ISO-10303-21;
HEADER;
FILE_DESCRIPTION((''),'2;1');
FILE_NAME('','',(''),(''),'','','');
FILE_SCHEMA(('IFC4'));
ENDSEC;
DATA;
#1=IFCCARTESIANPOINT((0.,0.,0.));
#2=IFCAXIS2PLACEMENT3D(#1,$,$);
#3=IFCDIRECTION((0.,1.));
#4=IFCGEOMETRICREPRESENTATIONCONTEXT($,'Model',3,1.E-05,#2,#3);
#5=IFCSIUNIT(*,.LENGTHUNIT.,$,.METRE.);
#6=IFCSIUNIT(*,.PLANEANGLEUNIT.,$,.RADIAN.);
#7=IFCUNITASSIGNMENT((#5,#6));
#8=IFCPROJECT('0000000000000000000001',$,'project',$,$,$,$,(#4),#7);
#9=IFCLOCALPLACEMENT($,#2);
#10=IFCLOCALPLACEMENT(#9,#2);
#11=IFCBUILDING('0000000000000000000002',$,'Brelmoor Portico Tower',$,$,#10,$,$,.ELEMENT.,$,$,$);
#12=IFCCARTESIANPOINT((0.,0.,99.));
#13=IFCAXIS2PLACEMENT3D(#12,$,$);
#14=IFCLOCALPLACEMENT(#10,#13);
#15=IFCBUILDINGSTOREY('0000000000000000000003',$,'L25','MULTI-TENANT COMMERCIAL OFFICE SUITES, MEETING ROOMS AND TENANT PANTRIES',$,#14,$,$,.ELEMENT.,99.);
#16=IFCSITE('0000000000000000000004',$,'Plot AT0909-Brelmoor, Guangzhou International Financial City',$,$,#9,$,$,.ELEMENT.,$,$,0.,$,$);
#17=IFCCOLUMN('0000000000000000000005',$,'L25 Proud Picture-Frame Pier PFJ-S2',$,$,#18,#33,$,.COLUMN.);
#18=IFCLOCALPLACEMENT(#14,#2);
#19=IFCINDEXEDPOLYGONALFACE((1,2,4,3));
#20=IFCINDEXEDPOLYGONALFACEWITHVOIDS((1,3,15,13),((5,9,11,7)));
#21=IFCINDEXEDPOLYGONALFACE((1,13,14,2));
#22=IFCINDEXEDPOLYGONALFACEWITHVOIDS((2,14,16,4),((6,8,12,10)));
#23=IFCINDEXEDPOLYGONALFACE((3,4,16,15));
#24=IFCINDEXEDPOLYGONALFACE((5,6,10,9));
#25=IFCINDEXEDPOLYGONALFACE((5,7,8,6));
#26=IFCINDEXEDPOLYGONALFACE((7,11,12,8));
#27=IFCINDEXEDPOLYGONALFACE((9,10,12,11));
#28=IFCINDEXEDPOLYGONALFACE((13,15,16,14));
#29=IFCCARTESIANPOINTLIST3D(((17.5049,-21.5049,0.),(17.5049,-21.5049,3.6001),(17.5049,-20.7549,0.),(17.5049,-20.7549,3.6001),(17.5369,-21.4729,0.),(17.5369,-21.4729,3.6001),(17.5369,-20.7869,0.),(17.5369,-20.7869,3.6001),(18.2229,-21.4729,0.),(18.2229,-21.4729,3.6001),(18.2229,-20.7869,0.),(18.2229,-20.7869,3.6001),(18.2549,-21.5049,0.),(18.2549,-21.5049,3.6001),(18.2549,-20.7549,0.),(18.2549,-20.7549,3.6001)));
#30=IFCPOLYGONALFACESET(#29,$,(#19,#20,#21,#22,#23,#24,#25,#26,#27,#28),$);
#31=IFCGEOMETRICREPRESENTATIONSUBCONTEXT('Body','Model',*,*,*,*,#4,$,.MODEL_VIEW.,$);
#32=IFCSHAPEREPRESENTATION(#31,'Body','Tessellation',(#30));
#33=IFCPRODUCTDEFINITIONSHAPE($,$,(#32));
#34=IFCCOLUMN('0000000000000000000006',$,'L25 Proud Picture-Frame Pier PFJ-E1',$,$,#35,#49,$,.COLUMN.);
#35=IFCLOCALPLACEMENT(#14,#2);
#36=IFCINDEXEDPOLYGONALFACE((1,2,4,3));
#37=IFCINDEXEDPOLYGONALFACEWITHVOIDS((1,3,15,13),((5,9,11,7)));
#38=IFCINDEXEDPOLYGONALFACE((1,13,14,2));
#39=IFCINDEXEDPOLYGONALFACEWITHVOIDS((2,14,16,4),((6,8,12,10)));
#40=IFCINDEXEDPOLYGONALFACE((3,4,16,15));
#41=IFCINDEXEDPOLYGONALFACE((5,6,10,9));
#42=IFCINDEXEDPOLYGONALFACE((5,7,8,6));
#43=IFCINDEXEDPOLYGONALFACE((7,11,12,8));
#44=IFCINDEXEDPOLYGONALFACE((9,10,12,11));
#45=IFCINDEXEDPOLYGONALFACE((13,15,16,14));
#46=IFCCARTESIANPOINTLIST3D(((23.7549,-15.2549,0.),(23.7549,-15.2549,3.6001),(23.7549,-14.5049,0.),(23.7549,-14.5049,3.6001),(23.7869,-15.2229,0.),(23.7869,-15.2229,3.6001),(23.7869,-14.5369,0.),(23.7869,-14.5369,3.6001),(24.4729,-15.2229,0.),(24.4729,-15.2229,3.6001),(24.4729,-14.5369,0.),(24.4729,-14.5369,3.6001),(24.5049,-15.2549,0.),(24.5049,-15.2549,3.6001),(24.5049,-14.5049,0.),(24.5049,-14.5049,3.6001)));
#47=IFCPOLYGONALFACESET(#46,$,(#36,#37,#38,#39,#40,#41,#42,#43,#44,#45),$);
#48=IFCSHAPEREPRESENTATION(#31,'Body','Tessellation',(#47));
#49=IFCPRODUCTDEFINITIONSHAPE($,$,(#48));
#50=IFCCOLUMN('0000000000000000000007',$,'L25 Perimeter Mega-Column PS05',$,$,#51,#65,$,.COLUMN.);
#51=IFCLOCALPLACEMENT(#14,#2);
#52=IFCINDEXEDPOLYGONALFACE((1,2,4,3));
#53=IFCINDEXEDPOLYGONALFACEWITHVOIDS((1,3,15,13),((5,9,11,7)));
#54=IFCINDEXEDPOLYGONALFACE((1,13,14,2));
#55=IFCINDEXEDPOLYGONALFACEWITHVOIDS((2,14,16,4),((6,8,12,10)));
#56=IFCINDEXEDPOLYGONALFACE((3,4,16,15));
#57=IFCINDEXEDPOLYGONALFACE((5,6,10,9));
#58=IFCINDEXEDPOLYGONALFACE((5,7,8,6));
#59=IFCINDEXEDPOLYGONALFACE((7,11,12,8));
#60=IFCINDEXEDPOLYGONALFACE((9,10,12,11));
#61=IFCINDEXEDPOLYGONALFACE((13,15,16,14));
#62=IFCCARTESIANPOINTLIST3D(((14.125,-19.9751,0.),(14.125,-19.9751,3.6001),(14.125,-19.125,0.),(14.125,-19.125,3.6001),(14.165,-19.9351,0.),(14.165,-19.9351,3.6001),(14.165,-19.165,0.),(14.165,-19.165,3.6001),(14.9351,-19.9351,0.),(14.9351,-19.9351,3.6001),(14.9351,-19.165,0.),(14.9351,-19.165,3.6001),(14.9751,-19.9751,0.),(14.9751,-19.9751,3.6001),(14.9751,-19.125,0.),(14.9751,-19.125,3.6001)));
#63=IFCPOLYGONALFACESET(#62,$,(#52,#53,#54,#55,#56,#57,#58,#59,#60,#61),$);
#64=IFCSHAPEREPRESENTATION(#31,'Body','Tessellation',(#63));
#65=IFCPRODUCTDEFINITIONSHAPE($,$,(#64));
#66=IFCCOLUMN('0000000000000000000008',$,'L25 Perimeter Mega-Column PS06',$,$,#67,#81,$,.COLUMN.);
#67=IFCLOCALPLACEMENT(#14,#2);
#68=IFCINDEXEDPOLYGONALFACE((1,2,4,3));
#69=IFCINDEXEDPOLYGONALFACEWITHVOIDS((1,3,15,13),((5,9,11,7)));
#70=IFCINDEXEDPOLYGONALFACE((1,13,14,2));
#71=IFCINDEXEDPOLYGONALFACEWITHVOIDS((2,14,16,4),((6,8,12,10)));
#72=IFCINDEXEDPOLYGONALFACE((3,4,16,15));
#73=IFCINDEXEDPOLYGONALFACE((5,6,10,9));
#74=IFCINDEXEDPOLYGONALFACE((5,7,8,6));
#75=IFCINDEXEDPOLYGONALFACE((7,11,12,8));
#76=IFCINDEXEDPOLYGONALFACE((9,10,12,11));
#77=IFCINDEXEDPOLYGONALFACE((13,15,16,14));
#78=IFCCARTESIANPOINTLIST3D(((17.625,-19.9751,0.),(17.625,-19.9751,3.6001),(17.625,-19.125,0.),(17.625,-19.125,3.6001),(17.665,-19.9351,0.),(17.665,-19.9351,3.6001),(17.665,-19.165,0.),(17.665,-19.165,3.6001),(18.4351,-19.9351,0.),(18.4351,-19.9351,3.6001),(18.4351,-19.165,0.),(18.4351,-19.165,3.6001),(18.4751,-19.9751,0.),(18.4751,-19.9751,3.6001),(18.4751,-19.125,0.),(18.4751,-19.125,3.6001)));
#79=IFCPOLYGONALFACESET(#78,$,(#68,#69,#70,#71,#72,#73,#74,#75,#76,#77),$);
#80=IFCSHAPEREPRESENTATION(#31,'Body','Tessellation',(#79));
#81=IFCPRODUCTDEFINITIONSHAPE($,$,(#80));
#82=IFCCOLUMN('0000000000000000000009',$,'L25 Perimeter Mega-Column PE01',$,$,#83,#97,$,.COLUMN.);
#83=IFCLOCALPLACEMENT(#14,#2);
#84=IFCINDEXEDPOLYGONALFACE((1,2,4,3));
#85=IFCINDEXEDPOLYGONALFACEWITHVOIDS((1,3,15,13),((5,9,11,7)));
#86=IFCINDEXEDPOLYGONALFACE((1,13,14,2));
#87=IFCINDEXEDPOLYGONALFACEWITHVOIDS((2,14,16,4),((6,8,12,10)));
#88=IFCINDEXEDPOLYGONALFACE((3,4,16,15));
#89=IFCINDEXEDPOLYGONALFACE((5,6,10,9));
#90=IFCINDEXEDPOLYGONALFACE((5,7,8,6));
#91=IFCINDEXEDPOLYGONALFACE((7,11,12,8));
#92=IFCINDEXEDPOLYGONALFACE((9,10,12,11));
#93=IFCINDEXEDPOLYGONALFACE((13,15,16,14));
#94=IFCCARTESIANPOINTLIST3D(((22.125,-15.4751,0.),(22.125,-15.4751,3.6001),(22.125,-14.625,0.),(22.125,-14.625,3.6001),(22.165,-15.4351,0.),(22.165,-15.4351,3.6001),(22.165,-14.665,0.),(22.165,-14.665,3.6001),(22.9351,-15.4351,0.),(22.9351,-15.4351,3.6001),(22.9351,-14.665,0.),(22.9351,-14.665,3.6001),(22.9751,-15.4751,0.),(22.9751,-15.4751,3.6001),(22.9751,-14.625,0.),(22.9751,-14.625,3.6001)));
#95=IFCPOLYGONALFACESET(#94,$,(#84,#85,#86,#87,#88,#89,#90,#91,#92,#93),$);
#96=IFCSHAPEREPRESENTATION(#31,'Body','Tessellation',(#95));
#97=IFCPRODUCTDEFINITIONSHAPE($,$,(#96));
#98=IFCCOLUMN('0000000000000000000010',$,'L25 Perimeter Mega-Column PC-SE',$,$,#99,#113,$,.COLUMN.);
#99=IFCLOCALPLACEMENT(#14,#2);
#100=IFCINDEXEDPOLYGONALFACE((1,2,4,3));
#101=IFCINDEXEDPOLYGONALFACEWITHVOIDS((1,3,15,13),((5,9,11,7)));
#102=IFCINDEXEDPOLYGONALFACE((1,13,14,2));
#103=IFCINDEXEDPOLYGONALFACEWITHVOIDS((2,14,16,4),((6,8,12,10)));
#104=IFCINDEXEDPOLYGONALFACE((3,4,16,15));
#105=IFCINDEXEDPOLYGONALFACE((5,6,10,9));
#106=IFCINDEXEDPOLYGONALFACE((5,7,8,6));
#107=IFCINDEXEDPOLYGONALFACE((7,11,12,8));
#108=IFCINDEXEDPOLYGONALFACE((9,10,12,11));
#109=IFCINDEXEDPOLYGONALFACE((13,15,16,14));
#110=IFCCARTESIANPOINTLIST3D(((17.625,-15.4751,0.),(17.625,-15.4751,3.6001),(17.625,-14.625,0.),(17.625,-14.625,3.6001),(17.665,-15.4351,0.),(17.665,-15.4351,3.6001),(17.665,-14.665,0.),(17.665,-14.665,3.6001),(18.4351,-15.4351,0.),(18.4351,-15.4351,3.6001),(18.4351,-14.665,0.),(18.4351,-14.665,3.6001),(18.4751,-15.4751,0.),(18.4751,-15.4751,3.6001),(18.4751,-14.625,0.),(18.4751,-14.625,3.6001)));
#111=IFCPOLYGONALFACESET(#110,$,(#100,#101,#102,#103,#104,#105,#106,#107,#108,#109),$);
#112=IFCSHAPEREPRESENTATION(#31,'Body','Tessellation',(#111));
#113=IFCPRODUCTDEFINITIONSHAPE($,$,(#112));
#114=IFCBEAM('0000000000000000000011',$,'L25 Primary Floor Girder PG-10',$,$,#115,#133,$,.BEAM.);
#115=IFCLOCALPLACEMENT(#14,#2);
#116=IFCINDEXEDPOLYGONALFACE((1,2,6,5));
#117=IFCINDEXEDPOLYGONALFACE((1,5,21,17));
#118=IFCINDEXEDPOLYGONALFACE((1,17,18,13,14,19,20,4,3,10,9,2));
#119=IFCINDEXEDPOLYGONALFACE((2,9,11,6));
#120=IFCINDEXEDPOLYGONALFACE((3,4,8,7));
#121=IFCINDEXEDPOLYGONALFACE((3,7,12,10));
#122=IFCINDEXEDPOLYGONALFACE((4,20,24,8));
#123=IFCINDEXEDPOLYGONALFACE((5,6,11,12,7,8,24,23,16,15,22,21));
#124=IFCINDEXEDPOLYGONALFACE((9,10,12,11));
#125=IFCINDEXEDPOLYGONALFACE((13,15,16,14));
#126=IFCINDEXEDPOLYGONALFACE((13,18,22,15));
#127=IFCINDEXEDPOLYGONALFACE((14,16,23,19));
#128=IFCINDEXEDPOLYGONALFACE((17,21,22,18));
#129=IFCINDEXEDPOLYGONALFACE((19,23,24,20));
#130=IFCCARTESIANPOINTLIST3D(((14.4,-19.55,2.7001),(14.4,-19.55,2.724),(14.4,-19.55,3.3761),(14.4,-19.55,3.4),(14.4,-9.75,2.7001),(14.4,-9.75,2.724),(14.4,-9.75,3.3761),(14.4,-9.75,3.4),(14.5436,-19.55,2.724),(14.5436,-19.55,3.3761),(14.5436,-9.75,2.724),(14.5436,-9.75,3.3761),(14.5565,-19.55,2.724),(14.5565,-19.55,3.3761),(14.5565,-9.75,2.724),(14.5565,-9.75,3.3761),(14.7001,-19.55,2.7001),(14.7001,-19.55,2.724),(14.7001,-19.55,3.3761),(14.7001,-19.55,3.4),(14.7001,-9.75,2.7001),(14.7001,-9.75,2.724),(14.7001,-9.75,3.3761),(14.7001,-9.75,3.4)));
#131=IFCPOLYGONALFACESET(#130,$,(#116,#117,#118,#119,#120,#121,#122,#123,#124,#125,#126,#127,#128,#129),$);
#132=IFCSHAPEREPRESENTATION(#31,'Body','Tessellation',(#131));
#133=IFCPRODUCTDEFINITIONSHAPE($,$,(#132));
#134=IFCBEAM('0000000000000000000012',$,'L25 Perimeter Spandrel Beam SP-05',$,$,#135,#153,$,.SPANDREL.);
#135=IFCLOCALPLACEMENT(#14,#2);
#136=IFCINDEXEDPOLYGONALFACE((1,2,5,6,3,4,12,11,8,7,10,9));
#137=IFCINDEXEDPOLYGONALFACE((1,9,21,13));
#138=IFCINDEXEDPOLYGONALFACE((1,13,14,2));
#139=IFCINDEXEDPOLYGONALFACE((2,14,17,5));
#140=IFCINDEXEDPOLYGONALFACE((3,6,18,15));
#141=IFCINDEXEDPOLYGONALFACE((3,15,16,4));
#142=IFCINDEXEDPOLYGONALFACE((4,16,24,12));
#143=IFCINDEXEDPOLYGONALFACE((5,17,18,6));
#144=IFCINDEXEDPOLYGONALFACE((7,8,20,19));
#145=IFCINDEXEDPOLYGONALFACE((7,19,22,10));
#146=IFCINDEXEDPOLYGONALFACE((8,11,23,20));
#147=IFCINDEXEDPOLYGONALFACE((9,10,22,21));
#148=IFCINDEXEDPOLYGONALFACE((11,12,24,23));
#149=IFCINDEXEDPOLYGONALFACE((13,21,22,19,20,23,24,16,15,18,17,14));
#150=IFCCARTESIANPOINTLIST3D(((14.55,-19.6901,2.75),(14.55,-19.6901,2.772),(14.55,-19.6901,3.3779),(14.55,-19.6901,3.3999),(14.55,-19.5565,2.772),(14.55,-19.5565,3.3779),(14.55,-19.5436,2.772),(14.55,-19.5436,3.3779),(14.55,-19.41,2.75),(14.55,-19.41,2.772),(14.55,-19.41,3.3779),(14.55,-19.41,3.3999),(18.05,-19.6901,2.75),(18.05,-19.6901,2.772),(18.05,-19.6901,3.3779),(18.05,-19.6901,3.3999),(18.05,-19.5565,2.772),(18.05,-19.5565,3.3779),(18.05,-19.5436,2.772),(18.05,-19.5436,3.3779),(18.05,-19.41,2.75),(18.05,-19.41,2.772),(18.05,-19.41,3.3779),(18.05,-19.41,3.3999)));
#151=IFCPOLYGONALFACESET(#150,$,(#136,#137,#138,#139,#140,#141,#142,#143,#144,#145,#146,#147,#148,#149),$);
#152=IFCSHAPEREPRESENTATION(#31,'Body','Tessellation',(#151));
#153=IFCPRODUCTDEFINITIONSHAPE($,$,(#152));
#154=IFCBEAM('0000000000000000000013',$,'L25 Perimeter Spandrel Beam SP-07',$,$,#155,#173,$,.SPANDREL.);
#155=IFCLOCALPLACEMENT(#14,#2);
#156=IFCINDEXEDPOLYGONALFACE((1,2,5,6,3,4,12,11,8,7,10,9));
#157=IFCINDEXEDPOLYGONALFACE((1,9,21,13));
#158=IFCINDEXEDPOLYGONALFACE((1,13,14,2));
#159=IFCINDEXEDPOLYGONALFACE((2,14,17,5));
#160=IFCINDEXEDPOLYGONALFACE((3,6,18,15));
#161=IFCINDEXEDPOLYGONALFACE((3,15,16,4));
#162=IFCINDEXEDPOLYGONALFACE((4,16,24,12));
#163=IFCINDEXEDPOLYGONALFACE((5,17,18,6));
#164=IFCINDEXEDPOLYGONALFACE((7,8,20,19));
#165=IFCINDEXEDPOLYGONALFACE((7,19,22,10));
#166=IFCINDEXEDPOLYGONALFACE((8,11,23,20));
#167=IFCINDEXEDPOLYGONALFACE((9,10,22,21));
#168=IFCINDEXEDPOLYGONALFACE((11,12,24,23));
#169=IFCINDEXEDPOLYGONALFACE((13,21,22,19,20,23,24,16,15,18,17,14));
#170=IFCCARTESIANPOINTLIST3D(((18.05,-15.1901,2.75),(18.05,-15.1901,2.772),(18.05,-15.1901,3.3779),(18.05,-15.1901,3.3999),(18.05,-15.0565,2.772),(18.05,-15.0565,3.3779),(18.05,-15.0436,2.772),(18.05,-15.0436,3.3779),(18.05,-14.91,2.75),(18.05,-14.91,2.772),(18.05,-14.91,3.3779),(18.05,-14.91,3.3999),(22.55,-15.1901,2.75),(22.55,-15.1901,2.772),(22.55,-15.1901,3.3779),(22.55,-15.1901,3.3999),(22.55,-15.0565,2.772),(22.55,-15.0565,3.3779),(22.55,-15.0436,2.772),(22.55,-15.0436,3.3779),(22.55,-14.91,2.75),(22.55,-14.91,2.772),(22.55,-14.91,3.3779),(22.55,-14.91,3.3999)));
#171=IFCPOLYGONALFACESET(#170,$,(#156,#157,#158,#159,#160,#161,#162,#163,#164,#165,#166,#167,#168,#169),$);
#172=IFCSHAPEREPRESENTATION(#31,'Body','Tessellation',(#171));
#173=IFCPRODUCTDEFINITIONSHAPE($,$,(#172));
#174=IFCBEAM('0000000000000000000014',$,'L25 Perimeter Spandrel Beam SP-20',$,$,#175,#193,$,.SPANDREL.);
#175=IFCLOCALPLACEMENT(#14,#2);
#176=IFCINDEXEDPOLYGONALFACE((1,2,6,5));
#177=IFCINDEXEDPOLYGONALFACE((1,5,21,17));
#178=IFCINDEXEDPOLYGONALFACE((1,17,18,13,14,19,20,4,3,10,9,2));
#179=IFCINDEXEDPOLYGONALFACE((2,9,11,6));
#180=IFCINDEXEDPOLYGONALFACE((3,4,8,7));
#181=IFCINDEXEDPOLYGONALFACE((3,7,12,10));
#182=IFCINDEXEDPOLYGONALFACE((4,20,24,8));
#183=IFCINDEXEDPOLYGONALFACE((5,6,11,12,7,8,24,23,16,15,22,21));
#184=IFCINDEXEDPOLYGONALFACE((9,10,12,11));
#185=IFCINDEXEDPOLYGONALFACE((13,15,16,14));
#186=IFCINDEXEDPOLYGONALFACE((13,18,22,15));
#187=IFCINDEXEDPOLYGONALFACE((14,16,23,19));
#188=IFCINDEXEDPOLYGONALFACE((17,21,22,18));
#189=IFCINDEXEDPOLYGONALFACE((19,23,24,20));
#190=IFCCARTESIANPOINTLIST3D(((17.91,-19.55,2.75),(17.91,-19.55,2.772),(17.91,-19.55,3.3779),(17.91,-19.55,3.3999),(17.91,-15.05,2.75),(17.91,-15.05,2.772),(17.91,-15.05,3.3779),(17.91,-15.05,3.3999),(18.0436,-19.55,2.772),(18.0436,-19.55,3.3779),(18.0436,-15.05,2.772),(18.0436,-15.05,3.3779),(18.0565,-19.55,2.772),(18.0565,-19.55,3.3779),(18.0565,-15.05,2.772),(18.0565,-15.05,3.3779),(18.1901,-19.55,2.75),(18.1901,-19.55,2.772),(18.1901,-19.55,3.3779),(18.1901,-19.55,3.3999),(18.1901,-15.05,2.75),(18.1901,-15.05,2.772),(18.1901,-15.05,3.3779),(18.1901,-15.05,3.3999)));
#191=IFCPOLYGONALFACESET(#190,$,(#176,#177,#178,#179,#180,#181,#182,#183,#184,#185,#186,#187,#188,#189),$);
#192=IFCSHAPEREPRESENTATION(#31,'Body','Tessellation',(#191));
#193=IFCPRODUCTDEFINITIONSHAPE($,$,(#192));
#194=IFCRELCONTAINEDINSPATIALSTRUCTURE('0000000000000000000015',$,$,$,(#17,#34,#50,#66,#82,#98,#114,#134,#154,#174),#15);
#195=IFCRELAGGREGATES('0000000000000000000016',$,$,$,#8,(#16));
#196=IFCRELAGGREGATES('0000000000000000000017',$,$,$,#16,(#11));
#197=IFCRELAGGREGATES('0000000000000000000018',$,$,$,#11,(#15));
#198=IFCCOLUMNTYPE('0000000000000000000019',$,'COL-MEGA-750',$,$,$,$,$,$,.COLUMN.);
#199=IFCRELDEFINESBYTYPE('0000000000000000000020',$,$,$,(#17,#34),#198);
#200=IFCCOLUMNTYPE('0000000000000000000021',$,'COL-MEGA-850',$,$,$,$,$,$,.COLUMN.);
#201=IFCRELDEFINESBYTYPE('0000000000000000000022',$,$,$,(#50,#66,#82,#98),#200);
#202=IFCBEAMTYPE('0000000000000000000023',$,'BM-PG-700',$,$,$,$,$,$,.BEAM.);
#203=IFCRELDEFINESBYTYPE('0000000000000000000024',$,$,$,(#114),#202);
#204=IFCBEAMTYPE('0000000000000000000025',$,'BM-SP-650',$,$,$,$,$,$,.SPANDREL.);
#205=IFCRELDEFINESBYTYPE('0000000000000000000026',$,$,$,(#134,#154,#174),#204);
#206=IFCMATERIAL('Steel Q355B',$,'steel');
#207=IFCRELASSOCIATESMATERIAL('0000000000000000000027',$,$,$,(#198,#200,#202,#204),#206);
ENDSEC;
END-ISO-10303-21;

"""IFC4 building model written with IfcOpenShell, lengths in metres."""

from ifc_helpers import new_model, si_unit, direction, frame, origin, origin_2d, place, context, subcontext, project, spatial, hollow_rectangle, i_section, extrude, material, material_profile, profile_set, type_object, element, save


model = new_model("IFC4")

# Units and contexts
model_context = context("Model", 3, precision=1e-05, world=origin(), true_north=direction((0.0, 1.0)))
body_context = subcontext(model_context, "Body", "Model", "MODEL_VIEW")
ifc_project = project(units=[si_unit("LENGTHUNIT", "METRE"), si_unit("PLANEANGLEUNIT", "RADIAN")], contexts=[model_context])

# Site, building, storey
site_placement = place(None, origin())
site = spatial("IfcSite", under=ifc_project, at=site_placement, Name="Plot AT0909-Brelmoor, Guangzhou International Financial City", CompositionType="ELEMENT", RefElevation=0.0)
building_placement = place(site_placement, origin())
building = spatial("IfcBuilding", under=site, at=building_placement, Name="Brelmoor Portico Tower", CompositionType="ELEMENT")
storey_placement = place(building_placement, frame((0.0, 0.0, 99.0)))
storey = spatial("IfcBuildingStorey", under=building, at=storey_placement, Name="L25", Description="MULTI-TENANT COMMERCIAL OFFICE SUITES, MEETING ROOMS AND TENANT PANTRIES", CompositionType="ELEMENT", Elevation=99.0)

# Columns
ifc_material_1 = material(Name="Steel Q355B", Category="steel")
ifc_material_profile_1 = material_profile(ifc_material_1, hollow_rectangle(XDim=0.75, YDim=0.75, WallThickness=0.032, at=origin_2d()), Name="BOX 750x750x32")
ifc_profile_set_1 = profile_set([ifc_material_profile_1], Name="Steel Q355B")
column_type_1 = type_object("IfcColumnType", Name="COL-MEGA-750", PredefinedType="COLUMN", material=ifc_profile_set_1)
for number, where, z_axis, x_axis, name in (
    (1, (17.8799, -21.1299, 0.0), (0.0, 0.0, 1.0), (1.0, 0.0, 0.0), "L25 Proud Picture-Frame Pier PFJ-S2"),
    (2, (24.1299, -14.8799, 0.0), (0.0, 0.0, 1.0), (0.0, 1.0, 0.0), "L25 Proud Picture-Frame Pier PFJ-E1"),
):
    element("IfcColumn", number, at=place(storey_placement, frame(where, z_axis=z_axis, x_axis=x_axis)), inside=storey, type_object=column_type_1, Name=name, PredefinedType="COLUMN", context=body_context, shape_type="SweptSolid", body=[
        extrude(hollow_rectangle(XDim=0.75, YDim=0.75, WallThickness=0.032, at=origin_2d()), origin(), (0.0, 0.0, 1.0), 3.6001),
    ])
ifc_material_profile_2 = material_profile(ifc_material_1, hollow_rectangle(XDim=0.8501, YDim=0.8501, WallThickness=0.04, at=origin_2d()), Name="BOX 850x850x40")
ifc_profile_set_2 = profile_set([ifc_material_profile_2], Name="Steel Q355B")
column_type_2 = type_object("IfcColumnType", Name="COL-MEGA-850", PredefinedType="COLUMN", material=ifc_profile_set_2)
for number, where, z_axis, x_axis, name in (
    (3, (14.55, -19.55, 0.0), (0.0, 0.0, 1.0), (1.0, 0.0, 0.0), "L25 Perimeter Mega-Column PS05"),
    (4, (18.05, -19.55, 0.0), (0.0, 0.0, 1.0), (1.0, 0.0, 0.0), "L25 Perimeter Mega-Column PS06"),
    (5, (22.55, -15.05, 0.0), (0.0, 0.0, 1.0), (0.0, 1.0, 0.0), "L25 Perimeter Mega-Column PE01"),
    (6, (18.05, -15.05, 0.0), (0.0, 0.0, 1.0), (1.0, 0.0, 0.0), "L25 Perimeter Mega-Column PC-SE"),
):
    element("IfcColumn", number, at=place(storey_placement, frame(where, z_axis=z_axis, x_axis=x_axis)), inside=storey, type_object=column_type_2, Name=name, PredefinedType="COLUMN", context=body_context, shape_type="SweptSolid", body=[
        extrude(hollow_rectangle(XDim=0.8501, YDim=0.8501, WallThickness=0.04, at=origin_2d()), origin(), (0.0, 0.0, 1.0), 3.6001),
    ])

# Beams
ifc_material_profile_3 = material_profile(ifc_material_1, i_section(OverallWidth=0.3, OverallDepth=0.7, WebThickness=0.0129, FlangeThickness=0.0239, at=origin_2d()), Name="HN 700x300x13x24")
ifc_profile_set_3 = profile_set([ifc_material_profile_3], Name="Steel Q355B")
beam_type_1 = type_object("IfcBeamType", Name="BM-PG-700", PredefinedType="BEAM", material=ifc_profile_set_3)
beam_1_placement = place(storey_placement, frame((14.55, -19.55, 3.05), z_axis=(0.0, 1.0, 0.0), x_axis=(-1.0, 0.0, 0.0)))
element("IfcBeam", 7, at=beam_1_placement, inside=storey, type_object=beam_type_1, Name="L25 Primary Floor Girder PG-10", PredefinedType="BEAM", context=body_context, shape_type="SweptSolid", body=[
    extrude(i_section(OverallWidth=0.3, OverallDepth=0.7, WebThickness=0.0129, FlangeThickness=0.0239, at=origin_2d()), origin(), (0.0, 0.0, 1.0), 9.8),
])
ifc_material_profile_4 = material_profile(ifc_material_1, i_section(OverallWidth=0.28, OverallDepth=0.6499, WebThickness=0.0129, FlangeThickness=0.022, at=origin_2d()), Name="HN 650x280x13x22")
ifc_profile_set_4 = profile_set([ifc_material_profile_4], Name="Steel Q355B")
beam_type_2 = type_object("IfcBeamType", Name="BM-SP-650", PredefinedType="SPANDREL", material=ifc_profile_set_4)
beam_2_placement = place(storey_placement, frame((14.55, -19.55, 3.075), z_axis=(1.0, 0.0, 0.0), x_axis=(0.0, 1.0, 0.0)))
element("IfcBeam", 8, at=beam_2_placement, inside=storey, type_object=beam_type_2, Name="L25 Perimeter Spandrel Beam SP-05", PredefinedType="SPANDREL", context=body_context, shape_type="SweptSolid", body=[
    extrude(i_section(OverallWidth=0.28, OverallDepth=0.6499, WebThickness=0.0129, FlangeThickness=0.022, at=origin_2d()), origin(), (0.0, 0.0, 1.0), 3.5),
])
for number, where, z_axis, x_axis, name in (
    (9, (18.05, -15.05, 3.075), (1.0, 0.0, 0.0), (0.0, 1.0, 0.0), "L25 Perimeter Spandrel Beam SP-07"),
    (10, (18.05, -19.55, 3.075), (0.0, 1.0, 0.0), (-1.0, 0.0, 0.0), "L25 Perimeter Spandrel Beam SP-20"),
):
    element("IfcBeam", number, at=place(storey_placement, frame(where, z_axis=z_axis, x_axis=x_axis)), inside=storey, type_object=beam_type_2, Name=name, PredefinedType="SPANDREL", context=body_context, shape_type="SweptSolid", body=[
        extrude(i_section(OverallWidth=0.28, OverallDepth=0.6499, WebThickness=0.0129, FlangeThickness=0.022, at=origin_2d()), origin(), (0.0, 0.0, 1.0), 4.5),
    ])

save(model, "model.ifc")
